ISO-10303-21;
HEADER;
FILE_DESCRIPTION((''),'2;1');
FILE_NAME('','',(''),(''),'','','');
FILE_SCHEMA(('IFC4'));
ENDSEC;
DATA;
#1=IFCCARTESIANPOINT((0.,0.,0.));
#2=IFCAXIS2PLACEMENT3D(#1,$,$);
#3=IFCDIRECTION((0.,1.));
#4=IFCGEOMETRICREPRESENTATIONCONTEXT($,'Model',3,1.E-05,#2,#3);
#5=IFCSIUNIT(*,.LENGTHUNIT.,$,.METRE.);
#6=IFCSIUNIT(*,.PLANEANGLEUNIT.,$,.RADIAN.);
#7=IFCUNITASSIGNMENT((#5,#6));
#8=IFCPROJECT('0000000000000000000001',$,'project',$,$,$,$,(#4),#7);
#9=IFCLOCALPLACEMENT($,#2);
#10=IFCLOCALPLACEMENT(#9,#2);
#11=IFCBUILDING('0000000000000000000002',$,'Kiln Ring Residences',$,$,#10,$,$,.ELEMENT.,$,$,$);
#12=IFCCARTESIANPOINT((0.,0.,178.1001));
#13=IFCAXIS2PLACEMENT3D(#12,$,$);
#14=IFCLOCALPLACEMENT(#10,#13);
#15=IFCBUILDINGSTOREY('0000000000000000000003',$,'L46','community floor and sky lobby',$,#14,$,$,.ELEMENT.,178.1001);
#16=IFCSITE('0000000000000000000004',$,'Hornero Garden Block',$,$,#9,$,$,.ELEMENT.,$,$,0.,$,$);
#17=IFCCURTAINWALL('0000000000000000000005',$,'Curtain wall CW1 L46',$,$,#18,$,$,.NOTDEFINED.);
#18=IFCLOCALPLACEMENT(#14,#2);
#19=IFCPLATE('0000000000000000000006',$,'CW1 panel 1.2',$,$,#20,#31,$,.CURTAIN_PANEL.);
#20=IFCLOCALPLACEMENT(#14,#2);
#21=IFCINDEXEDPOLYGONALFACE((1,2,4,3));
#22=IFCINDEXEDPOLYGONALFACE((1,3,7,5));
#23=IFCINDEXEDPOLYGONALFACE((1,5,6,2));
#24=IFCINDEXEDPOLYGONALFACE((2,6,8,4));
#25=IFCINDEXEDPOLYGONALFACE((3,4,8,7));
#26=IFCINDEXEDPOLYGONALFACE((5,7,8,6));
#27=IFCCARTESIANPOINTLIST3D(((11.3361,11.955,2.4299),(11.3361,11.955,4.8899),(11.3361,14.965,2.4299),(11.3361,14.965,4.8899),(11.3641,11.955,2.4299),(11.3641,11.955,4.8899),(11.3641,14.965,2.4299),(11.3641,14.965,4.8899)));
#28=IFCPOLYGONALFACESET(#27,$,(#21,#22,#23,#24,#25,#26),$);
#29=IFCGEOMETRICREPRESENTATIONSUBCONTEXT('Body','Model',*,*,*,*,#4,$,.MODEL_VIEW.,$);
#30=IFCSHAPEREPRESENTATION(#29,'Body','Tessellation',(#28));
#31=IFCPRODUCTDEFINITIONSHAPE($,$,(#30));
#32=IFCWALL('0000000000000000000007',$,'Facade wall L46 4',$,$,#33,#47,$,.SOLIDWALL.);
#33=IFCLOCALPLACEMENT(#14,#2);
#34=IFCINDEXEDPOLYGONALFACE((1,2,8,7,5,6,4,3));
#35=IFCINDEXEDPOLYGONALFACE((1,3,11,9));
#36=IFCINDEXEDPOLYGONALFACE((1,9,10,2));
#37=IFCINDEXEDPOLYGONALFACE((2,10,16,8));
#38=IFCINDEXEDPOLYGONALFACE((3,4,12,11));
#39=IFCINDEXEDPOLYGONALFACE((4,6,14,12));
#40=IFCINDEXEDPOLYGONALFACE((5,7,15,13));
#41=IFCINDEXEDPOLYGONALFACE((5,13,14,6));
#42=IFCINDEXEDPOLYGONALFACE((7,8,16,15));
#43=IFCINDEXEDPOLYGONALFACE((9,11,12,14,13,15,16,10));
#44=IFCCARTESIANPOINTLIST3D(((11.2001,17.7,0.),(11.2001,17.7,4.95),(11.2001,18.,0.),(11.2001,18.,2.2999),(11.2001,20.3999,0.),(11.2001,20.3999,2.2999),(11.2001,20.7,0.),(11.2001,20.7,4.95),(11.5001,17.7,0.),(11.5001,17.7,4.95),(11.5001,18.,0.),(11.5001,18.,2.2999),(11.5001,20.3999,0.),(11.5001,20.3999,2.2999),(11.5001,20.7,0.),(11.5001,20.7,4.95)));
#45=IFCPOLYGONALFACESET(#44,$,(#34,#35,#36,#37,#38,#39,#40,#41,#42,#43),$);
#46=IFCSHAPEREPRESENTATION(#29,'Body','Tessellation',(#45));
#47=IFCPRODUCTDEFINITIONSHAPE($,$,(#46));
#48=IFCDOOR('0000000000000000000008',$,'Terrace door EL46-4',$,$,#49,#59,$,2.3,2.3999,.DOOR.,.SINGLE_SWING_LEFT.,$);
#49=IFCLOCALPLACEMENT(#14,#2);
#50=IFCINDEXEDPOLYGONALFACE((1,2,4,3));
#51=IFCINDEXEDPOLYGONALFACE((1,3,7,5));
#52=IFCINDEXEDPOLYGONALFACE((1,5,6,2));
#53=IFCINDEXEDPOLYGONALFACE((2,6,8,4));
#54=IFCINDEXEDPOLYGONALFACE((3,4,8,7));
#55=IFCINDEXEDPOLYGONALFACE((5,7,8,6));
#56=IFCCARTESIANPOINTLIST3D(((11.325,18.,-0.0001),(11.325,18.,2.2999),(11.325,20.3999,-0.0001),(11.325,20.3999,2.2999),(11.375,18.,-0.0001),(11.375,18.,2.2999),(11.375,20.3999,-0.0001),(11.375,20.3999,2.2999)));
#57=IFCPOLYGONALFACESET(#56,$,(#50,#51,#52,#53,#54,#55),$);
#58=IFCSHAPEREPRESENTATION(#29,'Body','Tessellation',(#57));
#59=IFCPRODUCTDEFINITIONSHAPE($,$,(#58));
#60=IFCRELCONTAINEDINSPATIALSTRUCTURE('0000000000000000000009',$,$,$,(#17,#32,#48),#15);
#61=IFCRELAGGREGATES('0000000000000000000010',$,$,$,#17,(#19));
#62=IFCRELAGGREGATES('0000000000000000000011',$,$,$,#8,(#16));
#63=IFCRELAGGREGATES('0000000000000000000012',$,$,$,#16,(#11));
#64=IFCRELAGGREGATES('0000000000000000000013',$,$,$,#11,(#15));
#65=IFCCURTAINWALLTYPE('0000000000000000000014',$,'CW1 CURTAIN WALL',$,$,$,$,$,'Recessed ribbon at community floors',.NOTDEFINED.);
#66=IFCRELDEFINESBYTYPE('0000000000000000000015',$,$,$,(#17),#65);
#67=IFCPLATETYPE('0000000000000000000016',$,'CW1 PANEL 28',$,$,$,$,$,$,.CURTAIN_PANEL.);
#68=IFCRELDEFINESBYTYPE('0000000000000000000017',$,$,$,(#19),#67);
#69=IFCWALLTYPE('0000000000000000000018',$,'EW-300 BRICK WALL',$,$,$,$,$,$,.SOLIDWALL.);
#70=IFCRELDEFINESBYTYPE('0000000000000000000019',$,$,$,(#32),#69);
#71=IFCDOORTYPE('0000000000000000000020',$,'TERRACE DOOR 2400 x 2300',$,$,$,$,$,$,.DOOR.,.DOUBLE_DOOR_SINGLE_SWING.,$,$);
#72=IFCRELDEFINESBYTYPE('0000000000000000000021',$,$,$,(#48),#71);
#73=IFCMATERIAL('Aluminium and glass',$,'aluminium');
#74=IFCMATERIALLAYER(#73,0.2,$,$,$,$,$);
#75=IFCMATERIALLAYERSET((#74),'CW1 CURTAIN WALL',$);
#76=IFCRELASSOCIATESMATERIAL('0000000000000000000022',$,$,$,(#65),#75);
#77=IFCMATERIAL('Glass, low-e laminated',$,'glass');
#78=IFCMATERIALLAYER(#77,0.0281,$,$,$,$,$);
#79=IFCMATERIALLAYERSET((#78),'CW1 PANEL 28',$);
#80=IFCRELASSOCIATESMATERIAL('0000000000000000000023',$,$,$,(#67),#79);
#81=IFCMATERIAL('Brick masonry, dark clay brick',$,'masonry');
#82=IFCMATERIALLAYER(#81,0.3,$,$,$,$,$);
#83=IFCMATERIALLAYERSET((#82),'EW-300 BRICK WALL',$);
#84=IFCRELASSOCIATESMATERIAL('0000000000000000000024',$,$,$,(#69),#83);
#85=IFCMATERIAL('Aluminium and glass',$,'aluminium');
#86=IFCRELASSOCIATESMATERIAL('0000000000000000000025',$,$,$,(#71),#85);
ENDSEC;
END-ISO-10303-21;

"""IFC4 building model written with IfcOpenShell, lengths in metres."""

from ifc_helpers import new_model, si_unit, direction, frame, frame_2d, origin, origin_2d, place, context, subcontext, project, spatial, rectangle, extrude, material, layer, layer_set, type_object, element, fill, aggregate, save


model = new_model("IFC4")

# Units and contexts
model_context = context("Model", 3, precision=1e-05, world=origin(), true_north=direction((0.0, 1.0)))
body_context = subcontext(model_context, "Body", "Model", "MODEL_VIEW")
ifc_project = project(units=[si_unit("LENGTHUNIT", "METRE"), si_unit("PLANEANGLEUNIT", "RADIAN")], contexts=[model_context])

# Site, building, storey
site_placement = place(None, origin())
site = spatial("IfcSite", under=ifc_project, at=site_placement, Name="Hornero Garden Block", CompositionType="ELEMENT", RefElevation=0.0)
building_placement = place(site_placement, origin())
building = spatial("IfcBuilding", under=site, at=building_placement, Name="Kiln Ring Residences", CompositionType="ELEMENT")
storey_placement = place(building_placement, frame((0.0, 0.0, 178.1001)))
storey = spatial("IfcBuildingStorey", under=building, at=storey_placement, Name="L46", Description="community floor and sky lobby", CompositionType="ELEMENT", Elevation=178.1001)

# Shared definitions
ifc_material_1 = material(Name="Aluminium and glass", Category="aluminium")
ifc_layer_1 = layer(ifc_material_1, 0.2)
ifc_layer_set_1 = layer_set([ifc_layer_1], Name="CW1 CURTAIN WALL")
curtain_wall_type = type_object("IfcCurtainWallType", Name="CW1 CURTAIN WALL", ElementType="Recessed ribbon at community floors", PredefinedType="NOTDEFINED", material=ifc_layer_set_1)
placement = place(storey_placement, origin())

# Curtain wall
curtain_wall_1 = element("IfcCurtainWall", 1, at=placement, inside=storey, type_object=curtain_wall_type, Name="Curtain wall CW1 L46", PredefinedType="NOTDEFINED")

# Plate
ifc_material_2 = material(Name="Glass, low-e laminated", Category="glass")
ifc_layer_2 = layer(ifc_material_2, 0.0281)
ifc_layer_set_2 = layer_set([ifc_layer_2], Name="CW1 PANEL 28")
plate_type = type_object("IfcPlateType", Name="CW1 PANEL 28", PredefinedType="CURTAIN_PANEL", material=ifc_layer_set_2)
plate_1_placement = place(storey_placement, frame((11.3501, 13.46, 2.4299), z_axis=(0.0, 0.0, 1.0), x_axis=(0.0, -1.0, 0.0)))
plate_1 = element("IfcPlate", 2, at=plate_1_placement, type_object=plate_type, Name="CW1 panel 1.2", PredefinedType="CURTAIN_PANEL", context=body_context, shape_type="SweptSolid", body=[
    extrude(rectangle(XDim=3.01, YDim=0.0281, at=origin_2d()), origin(), (0.0, 0.0, 1.0), 2.46),
])
aggregate(curtain_wall_1, [plate_1])

# Wall, opening, door
ifc_material_3 = material(Name="Brick masonry, dark clay brick", Category="masonry")
ifc_layer_3 = layer(ifc_material_3, 0.3)
ifc_layer_set_3 = layer_set([ifc_layer_3], Name="EW-300 BRICK WALL")
wall_type = type_object("IfcWallType", Name="EW-300 BRICK WALL", PredefinedType="SOLIDWALL", material=ifc_layer_set_3)
wall_placement = place(storey_placement, frame((11.3501, 20.7, 0.0), z_axis=(0.0, 0.0, 1.0), x_axis=(0.0, -1.0, 0.0)))
wall = element("IfcWall", 3, at=wall_placement, inside=storey, type_object=wall_type, Name="Facade wall L46 4", PredefinedType="SOLIDWALL", context=body_context, shape_type="SweptSolid", body=[
    extrude(rectangle(XDim=3.0, YDim=0.3, at=frame_2d((1.5, 0.0))), origin(), (0.0, 0.0, 1.0), 4.95),
])
opening_placement = place(wall_placement, frame((0.3, 0.0, 0.0)))
opening = element("IfcOpeningElement", 4, at=opening_placement, cuts=wall, PredefinedType="OPENING", context=body_context, shape_type="SweptSolid", body=[
    extrude(rectangle(XDim=2.3999, YDim=2.3, at=frame_2d((1.2, 1.1499))), frame((0.0, 0.1599, 0.0), z_axis=(0.0, -1.0, 0.0), x_axis=(1.0, 0.0, 0.0)), (0.0, 0.0, 1.0), 0.3201),
])
ifc_material_4 = material(Name="Aluminium and glass", Category="aluminium")
door_type = type_object("IfcDoorType", Name="TERRACE DOOR 2400 x 2300", OperationType="DOUBLE_DOOR_SINGLE_SWING", PredefinedType="DOOR", material=ifc_material_4)
door_placement = place(opening_placement, origin())
door = element("IfcDoor", 5, at=door_placement, inside=storey, type_object=door_type, Name="Terrace door EL46-4", OperationType="SINGLE_SWING_LEFT", OverallHeight=2.3, OverallWidth=2.3999, PredefinedType="DOOR", context=body_context, shape_type="SweptSolid", body=[
    extrude(rectangle(XDim=2.3999, YDim=2.3, at=frame_2d((1.2, 1.1499))), frame((0.0, 0.0249, 0.0), z_axis=(0.0, -1.0, 0.0), x_axis=(1.0, 0.0, 0.0)), (0.0, 0.0, 1.0), 0.05),
])
fill(opening, door)

save(model, "model.ifc")
